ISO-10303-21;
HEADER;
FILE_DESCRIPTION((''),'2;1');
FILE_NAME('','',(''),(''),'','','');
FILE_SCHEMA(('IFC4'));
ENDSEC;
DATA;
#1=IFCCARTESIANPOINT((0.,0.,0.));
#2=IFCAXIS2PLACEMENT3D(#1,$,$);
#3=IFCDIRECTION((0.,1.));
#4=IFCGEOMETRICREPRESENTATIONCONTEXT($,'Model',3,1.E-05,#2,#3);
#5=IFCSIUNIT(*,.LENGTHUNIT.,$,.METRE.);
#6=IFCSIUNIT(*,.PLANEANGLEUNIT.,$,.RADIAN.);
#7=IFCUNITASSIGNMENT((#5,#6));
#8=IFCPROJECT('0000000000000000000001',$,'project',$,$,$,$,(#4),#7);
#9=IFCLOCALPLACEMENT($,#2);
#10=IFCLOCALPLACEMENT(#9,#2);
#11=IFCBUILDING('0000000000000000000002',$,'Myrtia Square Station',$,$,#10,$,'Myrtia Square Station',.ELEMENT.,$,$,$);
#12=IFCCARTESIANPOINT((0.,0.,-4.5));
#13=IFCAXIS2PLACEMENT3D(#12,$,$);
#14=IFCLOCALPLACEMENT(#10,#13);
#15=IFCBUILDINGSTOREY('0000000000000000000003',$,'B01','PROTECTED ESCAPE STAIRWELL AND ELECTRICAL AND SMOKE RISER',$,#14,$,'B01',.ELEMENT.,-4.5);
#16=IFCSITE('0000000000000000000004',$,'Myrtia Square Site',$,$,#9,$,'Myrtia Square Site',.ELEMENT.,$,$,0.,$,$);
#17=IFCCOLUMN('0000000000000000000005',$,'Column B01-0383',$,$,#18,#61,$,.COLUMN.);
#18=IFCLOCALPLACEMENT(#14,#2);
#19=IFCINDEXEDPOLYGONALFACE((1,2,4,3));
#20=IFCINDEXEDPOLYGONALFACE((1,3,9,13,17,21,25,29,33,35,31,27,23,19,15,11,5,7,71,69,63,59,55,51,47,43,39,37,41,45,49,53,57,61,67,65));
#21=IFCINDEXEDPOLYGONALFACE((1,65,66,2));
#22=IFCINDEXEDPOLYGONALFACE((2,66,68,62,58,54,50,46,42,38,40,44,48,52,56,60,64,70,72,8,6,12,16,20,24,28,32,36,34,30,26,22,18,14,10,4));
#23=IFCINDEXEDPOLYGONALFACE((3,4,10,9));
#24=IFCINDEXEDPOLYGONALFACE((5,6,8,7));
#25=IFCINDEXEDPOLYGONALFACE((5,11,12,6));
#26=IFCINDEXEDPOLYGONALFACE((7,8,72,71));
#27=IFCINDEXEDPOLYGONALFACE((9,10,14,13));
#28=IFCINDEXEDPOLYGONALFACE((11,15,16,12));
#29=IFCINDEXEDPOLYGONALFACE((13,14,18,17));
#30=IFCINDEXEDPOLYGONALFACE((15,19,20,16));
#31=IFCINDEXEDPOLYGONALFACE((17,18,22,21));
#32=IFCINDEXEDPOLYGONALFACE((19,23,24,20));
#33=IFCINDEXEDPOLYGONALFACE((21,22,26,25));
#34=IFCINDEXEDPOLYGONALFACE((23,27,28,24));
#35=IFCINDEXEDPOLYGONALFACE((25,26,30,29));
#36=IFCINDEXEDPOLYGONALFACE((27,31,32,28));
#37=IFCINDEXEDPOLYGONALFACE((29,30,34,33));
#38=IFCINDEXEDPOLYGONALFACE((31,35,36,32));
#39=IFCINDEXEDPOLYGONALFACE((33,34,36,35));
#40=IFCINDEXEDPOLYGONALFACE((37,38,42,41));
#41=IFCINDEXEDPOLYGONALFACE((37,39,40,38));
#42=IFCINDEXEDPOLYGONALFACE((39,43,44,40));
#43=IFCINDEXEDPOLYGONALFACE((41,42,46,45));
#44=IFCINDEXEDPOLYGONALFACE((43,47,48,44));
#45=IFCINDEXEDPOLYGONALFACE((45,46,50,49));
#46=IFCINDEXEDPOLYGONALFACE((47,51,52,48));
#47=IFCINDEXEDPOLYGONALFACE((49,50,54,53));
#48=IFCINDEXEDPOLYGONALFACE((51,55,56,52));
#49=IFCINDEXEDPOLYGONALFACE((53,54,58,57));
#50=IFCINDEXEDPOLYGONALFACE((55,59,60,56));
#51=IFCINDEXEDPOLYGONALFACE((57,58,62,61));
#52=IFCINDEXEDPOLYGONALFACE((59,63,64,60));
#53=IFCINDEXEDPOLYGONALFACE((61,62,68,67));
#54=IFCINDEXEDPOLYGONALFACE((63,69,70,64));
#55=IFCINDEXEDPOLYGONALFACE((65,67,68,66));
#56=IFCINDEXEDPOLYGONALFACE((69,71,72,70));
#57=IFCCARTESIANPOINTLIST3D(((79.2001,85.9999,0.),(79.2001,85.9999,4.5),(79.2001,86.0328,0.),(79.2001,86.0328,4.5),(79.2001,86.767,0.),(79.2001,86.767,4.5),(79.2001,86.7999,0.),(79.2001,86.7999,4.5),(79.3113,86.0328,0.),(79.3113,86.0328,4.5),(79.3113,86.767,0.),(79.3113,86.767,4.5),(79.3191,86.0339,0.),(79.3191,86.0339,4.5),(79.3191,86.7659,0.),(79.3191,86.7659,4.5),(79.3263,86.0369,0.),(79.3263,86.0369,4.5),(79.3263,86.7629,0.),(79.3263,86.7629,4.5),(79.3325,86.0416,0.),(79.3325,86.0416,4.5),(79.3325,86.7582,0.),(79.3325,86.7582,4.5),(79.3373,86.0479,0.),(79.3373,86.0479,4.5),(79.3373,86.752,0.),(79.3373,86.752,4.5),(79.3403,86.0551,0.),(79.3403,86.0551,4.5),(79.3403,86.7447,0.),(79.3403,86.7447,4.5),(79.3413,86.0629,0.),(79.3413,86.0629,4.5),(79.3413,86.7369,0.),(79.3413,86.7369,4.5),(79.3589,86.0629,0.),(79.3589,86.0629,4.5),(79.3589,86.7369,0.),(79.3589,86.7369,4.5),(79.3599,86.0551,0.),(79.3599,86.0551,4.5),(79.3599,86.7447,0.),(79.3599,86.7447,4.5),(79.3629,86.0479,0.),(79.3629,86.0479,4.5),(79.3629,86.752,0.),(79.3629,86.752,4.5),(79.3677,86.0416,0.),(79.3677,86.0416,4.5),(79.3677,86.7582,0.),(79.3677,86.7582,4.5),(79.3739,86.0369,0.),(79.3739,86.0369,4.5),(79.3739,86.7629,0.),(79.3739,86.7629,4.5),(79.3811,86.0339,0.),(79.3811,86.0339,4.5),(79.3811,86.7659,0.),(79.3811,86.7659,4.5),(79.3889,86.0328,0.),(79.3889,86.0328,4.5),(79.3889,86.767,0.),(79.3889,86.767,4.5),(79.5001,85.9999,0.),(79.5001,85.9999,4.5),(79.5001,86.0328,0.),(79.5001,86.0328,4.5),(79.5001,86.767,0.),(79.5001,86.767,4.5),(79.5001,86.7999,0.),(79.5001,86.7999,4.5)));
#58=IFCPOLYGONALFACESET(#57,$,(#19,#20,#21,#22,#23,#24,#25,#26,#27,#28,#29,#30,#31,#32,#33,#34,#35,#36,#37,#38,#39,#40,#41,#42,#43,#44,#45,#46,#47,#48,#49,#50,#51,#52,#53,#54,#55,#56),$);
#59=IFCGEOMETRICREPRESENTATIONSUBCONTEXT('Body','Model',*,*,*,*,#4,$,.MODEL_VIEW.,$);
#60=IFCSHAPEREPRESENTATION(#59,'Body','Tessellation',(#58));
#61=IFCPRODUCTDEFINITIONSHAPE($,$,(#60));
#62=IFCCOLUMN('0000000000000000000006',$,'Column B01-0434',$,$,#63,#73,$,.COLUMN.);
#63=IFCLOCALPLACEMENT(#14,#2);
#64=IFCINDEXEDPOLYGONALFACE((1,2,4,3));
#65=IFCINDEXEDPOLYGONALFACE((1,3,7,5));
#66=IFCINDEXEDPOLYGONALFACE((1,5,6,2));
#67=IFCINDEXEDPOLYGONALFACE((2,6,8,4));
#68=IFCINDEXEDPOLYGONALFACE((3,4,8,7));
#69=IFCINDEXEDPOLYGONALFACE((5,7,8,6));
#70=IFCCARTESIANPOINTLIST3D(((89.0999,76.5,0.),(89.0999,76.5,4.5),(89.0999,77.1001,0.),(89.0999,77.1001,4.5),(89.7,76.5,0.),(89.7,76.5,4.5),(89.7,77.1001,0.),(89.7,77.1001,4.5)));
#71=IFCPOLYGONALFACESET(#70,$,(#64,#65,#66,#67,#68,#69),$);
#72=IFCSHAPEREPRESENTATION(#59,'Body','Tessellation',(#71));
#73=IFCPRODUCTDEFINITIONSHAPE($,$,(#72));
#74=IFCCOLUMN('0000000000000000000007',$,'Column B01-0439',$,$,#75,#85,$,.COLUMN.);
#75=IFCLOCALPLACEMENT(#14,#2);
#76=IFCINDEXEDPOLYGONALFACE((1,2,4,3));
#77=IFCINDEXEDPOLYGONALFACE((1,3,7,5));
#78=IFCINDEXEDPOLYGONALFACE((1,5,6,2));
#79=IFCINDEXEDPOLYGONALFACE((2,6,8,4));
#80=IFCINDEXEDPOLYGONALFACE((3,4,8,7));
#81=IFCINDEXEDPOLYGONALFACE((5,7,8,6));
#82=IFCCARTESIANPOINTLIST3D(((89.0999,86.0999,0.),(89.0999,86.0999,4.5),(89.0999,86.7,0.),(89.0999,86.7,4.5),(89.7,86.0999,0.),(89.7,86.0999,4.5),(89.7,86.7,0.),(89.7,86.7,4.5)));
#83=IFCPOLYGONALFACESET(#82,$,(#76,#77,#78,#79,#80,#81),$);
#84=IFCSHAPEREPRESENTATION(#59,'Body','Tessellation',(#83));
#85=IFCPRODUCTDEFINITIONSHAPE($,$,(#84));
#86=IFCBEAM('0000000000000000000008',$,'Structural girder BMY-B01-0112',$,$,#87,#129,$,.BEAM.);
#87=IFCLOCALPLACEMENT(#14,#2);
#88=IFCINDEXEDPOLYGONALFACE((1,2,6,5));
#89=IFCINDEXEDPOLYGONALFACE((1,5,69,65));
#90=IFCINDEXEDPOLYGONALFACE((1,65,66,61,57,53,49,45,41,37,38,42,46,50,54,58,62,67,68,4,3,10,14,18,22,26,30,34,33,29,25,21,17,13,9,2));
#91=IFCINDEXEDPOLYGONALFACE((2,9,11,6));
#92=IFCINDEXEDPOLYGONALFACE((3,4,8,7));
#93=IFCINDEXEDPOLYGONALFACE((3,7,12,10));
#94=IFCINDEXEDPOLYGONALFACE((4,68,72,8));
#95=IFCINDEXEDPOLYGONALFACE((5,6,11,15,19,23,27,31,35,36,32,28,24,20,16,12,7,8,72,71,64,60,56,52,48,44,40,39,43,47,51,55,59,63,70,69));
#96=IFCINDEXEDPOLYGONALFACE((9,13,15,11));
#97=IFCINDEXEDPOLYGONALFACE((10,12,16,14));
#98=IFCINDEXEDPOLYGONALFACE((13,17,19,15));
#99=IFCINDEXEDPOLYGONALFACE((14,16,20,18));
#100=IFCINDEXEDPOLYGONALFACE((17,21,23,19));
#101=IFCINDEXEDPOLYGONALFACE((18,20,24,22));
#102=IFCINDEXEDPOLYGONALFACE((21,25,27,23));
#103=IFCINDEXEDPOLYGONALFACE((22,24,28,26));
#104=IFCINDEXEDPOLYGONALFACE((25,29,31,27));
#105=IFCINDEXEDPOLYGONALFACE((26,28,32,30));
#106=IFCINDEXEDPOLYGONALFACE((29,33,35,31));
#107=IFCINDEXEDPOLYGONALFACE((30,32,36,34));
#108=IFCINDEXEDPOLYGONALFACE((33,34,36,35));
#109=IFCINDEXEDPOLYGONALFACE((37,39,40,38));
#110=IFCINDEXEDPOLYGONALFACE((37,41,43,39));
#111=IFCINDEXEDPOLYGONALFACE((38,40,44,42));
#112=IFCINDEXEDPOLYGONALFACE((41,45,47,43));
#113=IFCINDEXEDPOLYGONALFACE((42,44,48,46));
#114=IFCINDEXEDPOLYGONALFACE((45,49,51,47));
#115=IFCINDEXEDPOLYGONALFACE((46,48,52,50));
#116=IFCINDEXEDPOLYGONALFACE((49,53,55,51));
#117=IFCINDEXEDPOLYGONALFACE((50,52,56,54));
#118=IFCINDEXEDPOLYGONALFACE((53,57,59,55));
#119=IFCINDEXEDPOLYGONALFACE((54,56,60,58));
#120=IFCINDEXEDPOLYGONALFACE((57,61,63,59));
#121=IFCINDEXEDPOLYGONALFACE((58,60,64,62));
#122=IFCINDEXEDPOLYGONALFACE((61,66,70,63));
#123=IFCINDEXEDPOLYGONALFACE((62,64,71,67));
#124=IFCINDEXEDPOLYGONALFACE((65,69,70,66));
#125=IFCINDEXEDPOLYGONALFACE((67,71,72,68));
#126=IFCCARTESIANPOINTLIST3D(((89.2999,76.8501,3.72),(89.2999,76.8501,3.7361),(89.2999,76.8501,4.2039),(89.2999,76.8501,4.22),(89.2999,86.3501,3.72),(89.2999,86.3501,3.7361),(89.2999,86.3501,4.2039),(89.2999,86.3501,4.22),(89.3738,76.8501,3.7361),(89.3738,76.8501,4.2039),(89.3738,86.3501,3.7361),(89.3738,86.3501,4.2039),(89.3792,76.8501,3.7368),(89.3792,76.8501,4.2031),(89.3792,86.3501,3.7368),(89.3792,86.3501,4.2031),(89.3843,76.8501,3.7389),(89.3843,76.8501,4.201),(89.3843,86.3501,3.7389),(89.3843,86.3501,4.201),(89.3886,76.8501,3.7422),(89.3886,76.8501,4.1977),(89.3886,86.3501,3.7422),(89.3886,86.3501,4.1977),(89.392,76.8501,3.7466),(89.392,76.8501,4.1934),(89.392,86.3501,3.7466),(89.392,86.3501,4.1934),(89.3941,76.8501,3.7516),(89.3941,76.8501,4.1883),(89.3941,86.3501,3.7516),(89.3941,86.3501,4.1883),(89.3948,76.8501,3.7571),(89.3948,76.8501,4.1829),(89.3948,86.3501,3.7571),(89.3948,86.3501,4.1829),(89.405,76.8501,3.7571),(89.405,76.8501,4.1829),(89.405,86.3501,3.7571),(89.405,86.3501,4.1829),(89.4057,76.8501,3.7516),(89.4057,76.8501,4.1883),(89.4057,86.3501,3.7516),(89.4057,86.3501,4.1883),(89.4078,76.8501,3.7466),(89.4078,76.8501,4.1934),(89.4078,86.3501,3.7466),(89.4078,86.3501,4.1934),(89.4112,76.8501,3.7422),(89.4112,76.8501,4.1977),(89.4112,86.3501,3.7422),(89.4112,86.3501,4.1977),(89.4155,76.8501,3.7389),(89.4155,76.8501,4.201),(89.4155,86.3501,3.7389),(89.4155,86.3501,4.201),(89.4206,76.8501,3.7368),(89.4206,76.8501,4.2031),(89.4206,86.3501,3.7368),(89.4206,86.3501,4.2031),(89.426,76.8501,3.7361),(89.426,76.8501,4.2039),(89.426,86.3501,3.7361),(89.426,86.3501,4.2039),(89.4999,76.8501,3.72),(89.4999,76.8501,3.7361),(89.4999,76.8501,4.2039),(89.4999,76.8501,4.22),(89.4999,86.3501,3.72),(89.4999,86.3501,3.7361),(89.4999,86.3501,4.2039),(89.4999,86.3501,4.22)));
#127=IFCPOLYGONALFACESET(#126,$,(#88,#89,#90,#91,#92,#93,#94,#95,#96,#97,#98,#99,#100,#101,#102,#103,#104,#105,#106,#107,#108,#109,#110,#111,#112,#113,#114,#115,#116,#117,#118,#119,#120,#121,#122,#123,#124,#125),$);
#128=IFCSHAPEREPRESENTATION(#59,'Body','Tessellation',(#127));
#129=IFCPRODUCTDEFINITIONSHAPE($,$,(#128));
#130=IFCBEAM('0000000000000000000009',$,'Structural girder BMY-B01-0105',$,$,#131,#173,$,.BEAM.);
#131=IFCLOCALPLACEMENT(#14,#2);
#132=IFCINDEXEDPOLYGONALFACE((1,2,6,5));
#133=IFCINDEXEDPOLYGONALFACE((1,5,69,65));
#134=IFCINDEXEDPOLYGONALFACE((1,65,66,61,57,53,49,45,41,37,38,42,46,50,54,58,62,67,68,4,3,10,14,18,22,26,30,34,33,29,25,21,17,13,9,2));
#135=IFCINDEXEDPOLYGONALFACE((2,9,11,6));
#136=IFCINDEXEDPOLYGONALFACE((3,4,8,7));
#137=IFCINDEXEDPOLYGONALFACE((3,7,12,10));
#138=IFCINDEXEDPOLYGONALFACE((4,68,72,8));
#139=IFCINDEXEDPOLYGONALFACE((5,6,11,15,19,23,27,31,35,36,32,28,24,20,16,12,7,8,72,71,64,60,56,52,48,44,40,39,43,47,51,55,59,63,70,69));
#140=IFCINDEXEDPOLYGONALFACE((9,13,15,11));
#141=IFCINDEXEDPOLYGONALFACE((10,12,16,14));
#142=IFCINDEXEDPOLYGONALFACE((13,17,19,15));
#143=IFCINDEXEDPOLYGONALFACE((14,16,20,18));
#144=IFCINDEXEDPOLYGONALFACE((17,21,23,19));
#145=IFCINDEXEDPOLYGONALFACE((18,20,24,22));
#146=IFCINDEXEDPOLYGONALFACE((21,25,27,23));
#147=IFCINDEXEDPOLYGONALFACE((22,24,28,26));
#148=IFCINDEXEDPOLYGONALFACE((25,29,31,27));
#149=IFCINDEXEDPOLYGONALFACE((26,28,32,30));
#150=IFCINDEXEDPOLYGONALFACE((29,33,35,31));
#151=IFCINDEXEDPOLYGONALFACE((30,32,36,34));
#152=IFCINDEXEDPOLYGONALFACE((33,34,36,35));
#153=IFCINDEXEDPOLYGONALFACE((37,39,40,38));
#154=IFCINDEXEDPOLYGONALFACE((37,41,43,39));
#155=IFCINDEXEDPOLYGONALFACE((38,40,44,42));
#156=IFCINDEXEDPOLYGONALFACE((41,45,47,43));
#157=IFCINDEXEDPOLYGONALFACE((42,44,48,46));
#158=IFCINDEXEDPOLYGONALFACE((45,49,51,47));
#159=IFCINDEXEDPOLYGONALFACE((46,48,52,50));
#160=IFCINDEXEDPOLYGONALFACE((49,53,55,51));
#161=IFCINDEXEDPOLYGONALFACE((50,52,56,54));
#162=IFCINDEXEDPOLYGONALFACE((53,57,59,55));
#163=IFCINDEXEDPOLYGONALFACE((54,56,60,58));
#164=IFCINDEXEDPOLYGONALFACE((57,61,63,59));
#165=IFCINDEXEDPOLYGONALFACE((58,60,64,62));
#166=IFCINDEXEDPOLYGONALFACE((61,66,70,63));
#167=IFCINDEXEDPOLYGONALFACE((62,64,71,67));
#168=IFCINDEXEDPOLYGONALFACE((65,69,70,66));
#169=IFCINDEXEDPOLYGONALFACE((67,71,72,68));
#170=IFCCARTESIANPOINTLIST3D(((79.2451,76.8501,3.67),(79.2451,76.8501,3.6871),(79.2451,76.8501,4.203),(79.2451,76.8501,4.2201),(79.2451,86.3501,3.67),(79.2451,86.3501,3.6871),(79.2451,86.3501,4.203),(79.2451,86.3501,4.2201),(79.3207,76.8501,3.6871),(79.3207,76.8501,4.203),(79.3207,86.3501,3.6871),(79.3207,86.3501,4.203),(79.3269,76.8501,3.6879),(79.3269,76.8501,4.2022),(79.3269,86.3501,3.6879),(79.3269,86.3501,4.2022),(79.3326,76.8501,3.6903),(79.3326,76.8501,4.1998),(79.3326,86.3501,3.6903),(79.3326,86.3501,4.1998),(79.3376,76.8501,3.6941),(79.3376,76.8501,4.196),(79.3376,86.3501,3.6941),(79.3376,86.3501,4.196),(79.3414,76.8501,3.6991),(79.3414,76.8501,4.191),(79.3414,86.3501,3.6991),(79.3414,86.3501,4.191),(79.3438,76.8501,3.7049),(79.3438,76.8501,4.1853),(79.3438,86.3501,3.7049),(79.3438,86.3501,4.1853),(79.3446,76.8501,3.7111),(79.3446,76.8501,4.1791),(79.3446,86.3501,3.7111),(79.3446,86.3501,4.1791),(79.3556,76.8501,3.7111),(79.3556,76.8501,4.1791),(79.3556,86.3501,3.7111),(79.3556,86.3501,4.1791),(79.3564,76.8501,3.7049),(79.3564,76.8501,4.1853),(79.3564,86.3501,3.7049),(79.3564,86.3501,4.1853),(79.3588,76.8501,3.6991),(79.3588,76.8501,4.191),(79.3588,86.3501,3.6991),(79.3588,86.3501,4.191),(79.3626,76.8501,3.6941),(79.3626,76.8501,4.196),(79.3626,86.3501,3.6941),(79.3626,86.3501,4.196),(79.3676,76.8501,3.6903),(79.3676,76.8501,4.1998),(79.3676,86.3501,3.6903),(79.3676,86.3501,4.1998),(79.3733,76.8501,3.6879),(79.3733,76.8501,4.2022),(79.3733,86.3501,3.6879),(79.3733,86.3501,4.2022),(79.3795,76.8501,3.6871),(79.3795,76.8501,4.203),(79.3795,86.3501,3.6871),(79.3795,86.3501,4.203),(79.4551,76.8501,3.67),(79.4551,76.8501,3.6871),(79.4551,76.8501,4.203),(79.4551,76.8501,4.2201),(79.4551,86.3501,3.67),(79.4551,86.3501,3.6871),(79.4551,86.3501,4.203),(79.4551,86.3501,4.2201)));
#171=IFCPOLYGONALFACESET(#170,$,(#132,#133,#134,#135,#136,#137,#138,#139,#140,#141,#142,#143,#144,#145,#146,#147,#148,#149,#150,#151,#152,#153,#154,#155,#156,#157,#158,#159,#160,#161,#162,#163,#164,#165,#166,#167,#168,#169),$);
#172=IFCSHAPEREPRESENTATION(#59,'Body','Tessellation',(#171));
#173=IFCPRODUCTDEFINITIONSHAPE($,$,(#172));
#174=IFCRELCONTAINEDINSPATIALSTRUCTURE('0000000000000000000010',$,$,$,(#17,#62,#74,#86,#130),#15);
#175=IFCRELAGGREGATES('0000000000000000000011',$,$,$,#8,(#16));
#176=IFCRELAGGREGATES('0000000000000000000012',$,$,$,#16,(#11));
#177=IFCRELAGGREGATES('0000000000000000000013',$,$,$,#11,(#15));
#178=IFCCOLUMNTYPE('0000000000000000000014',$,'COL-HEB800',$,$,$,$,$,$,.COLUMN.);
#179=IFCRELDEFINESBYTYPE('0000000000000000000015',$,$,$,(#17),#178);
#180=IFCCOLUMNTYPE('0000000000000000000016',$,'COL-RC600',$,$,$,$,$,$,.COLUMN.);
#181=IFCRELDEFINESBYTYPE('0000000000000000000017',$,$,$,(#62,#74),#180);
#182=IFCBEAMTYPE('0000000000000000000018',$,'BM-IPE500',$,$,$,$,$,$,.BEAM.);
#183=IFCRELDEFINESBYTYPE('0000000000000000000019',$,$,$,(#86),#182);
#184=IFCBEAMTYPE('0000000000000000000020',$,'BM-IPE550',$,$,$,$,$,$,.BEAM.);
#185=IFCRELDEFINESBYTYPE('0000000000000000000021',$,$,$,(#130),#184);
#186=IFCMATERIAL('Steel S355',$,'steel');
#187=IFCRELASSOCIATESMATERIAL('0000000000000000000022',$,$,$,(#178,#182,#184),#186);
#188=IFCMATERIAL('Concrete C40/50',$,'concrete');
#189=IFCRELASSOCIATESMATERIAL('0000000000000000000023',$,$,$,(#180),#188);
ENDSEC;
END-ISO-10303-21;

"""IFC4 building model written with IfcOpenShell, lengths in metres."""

from ifc_helpers import new_model, si_unit, direction, frame, origin, origin_2d, place, context, subcontext, project, spatial, rectangle, i_section, extrude, material, material_profile, profile_set, type_object, element, save


model = new_model("IFC4")

# Units and contexts
model_context = context("Model", 3, precision=1e-05, world=origin(), true_north=direction((0.0, 1.0)))
body_context = subcontext(model_context, "Body", "Model", "MODEL_VIEW")
ifc_project = project(units=[si_unit("LENGTHUNIT", "METRE"), si_unit("PLANEANGLEUNIT", "RADIAN")], contexts=[model_context])

# Site, building, storey
site_placement = place(None, origin())
site = spatial("IfcSite", under=ifc_project, at=site_placement, Name="Myrtia Square Site", LongName="Myrtia Square Site", CompositionType="ELEMENT", RefElevation=0.0)
building_placement = place(site_placement, origin())
building = spatial("IfcBuilding", under=site, at=building_placement, Name="Myrtia Square Station", LongName="Myrtia Square Station", CompositionType="ELEMENT")
storey_placement = place(building_placement, frame((0.0, 0.0, -4.5)))
storey = spatial("IfcBuildingStorey", under=building, at=storey_placement, Name="B01", Description="PROTECTED ESCAPE STAIRWELL AND ELECTRICAL AND SMOKE RISER", LongName="B01", CompositionType="ELEMENT", Elevation=-4.5)

# Columns
ifc_material_1 = material(Name="Steel S355", Category="steel")
ifc_material_profile_1 = material_profile(ifc_material_1, i_section(OverallWidth=0.3, OverallDepth=0.8, WebThickness=0.0176, FlangeThickness=0.033, FilletRadius=0.03, at=origin_2d()), Name="HEB 800")
ifc_profile_set_1 = profile_set([ifc_material_profile_1], Name="Steel S355")
column_type_1 = type_object("IfcColumnType", Name="COL-HEB800", PredefinedType="COLUMN", material=ifc_profile_set_1)
column_placement = place(storey_placement, frame((79.3501, 86.3999, 0.0), z_axis=(0.0, 0.0, 1.0), x_axis=(1.0, 0.0, 0.0)))
element("IfcColumn", 1, at=column_placement, inside=storey, type_object=column_type_1, Name="Column B01-0383", PredefinedType="COLUMN", context=body_context, shape_type="SweptSolid", body=[
    extrude(i_section(OverallWidth=0.3, OverallDepth=0.8, WebThickness=0.0176, FlangeThickness=0.033, FilletRadius=0.03, at=origin_2d()), origin(), (0.0, 0.0, 1.0), 4.5),
])
ifc_material_2 = material(Name="Concrete C40/50", Category="concrete")
ifc_material_profile_2 = material_profile(ifc_material_2, rectangle(XDim=0.6001, YDim=0.6001, at=origin_2d()), Name="RC 600x600")
ifc_profile_set_2 = profile_set([ifc_material_profile_2], Name="Concrete C40/50")
column_type_2 = type_object("IfcColumnType", Name="COL-RC600", PredefinedType="COLUMN", material=ifc_profile_set_2)
for number, where, z_axis, x_axis, name in (
    (2, (89.3999, 76.8, 0.0), (0.0, 0.0, 1.0), (1.0, 0.0, 0.0), "Column B01-0434"),
    (3, (89.3999, 86.3999, 0.0), (0.0, 0.0, 1.0), (1.0, 0.0, 0.0), "Column B01-0439"),
):
    element("IfcColumn", number, at=place(storey_placement, frame(where, z_axis=z_axis, x_axis=x_axis)), inside=storey, type_object=column_type_2, Name=name, PredefinedType="COLUMN", context=body_context, shape_type="SweptSolid", body=[
        extrude(rectangle(XDim=0.6001, YDim=0.6001, at=origin_2d()), origin(), (0.0, 0.0, 1.0), 4.5),
    ])

# Beams
ifc_material_profile_3 = material_profile(ifc_material_1, i_section(OverallWidth=0.2, OverallDepth=0.5, WebThickness=0.0103, FlangeThickness=0.0161, FilletRadius=0.021, at=origin_2d()), Name="IPE 500")
ifc_profile_set_3 = profile_set([ifc_material_profile_3], Name="Steel S355")
beam_type_1 = type_object("IfcBeamType", Name="BM-IPE500", PredefinedType="BEAM", material=ifc_profile_set_3)
beam_placement = place(storey_placement, frame((89.3999, 76.8501, 3.97), z_axis=(0.0, 1.0, 0.0), x_axis=(-1.0, 0.0, 0.0)))
element("IfcBeam", 4, at=beam_placement, inside=storey, type_object=beam_type_1, Name="Structural girder BMY-B01-0112", PredefinedType="BEAM", context=body_context, shape_type="SweptSolid", body=[
    extrude(i_section(OverallWidth=0.2, OverallDepth=0.5, WebThickness=0.0103, FlangeThickness=0.0161, FilletRadius=0.021, at=origin_2d()), origin(), (0.0, 0.0, 1.0), 9.5),
])
ifc_material_profile_4 = material_profile(ifc_material_1, i_section(OverallWidth=0.21, OverallDepth=0.55, WebThickness=0.011, FlangeThickness=0.0171, FilletRadius=0.0239, at=origin_2d()), Name="IPE 550")
ifc_profile_set_4 = profile_set([ifc_material_profile_4], Name="Steel S355")
beam_type_2 = type_object("IfcBeamType", Name="BM-IPE550", PredefinedType="BEAM", material=ifc_profile_set_4)
for number, where, z_axis, x_axis, name in (
    (5, (79.3501, 76.8501, 3.9451), (0.0, 1.0, 0.0), (-1.0, 0.0, 0.0), "Structural girder BMY-B01-0105"),
):
    element("IfcBeam", number, at=place(storey_placement, frame(where, z_axis=z_axis, x_axis=x_axis)), inside=storey, type_object=beam_type_2, Name=name, PredefinedType="BEAM", context=body_context, shape_type="SweptSolid", body=[
        extrude(i_section(OverallWidth=0.21, OverallDepth=0.55, WebThickness=0.011, FlangeThickness=0.0171, FilletRadius=0.0239, at=origin_2d()), origin(), (0.0, 0.0, 1.0), 9.5),
    ])

save(model, "model.ifc")
